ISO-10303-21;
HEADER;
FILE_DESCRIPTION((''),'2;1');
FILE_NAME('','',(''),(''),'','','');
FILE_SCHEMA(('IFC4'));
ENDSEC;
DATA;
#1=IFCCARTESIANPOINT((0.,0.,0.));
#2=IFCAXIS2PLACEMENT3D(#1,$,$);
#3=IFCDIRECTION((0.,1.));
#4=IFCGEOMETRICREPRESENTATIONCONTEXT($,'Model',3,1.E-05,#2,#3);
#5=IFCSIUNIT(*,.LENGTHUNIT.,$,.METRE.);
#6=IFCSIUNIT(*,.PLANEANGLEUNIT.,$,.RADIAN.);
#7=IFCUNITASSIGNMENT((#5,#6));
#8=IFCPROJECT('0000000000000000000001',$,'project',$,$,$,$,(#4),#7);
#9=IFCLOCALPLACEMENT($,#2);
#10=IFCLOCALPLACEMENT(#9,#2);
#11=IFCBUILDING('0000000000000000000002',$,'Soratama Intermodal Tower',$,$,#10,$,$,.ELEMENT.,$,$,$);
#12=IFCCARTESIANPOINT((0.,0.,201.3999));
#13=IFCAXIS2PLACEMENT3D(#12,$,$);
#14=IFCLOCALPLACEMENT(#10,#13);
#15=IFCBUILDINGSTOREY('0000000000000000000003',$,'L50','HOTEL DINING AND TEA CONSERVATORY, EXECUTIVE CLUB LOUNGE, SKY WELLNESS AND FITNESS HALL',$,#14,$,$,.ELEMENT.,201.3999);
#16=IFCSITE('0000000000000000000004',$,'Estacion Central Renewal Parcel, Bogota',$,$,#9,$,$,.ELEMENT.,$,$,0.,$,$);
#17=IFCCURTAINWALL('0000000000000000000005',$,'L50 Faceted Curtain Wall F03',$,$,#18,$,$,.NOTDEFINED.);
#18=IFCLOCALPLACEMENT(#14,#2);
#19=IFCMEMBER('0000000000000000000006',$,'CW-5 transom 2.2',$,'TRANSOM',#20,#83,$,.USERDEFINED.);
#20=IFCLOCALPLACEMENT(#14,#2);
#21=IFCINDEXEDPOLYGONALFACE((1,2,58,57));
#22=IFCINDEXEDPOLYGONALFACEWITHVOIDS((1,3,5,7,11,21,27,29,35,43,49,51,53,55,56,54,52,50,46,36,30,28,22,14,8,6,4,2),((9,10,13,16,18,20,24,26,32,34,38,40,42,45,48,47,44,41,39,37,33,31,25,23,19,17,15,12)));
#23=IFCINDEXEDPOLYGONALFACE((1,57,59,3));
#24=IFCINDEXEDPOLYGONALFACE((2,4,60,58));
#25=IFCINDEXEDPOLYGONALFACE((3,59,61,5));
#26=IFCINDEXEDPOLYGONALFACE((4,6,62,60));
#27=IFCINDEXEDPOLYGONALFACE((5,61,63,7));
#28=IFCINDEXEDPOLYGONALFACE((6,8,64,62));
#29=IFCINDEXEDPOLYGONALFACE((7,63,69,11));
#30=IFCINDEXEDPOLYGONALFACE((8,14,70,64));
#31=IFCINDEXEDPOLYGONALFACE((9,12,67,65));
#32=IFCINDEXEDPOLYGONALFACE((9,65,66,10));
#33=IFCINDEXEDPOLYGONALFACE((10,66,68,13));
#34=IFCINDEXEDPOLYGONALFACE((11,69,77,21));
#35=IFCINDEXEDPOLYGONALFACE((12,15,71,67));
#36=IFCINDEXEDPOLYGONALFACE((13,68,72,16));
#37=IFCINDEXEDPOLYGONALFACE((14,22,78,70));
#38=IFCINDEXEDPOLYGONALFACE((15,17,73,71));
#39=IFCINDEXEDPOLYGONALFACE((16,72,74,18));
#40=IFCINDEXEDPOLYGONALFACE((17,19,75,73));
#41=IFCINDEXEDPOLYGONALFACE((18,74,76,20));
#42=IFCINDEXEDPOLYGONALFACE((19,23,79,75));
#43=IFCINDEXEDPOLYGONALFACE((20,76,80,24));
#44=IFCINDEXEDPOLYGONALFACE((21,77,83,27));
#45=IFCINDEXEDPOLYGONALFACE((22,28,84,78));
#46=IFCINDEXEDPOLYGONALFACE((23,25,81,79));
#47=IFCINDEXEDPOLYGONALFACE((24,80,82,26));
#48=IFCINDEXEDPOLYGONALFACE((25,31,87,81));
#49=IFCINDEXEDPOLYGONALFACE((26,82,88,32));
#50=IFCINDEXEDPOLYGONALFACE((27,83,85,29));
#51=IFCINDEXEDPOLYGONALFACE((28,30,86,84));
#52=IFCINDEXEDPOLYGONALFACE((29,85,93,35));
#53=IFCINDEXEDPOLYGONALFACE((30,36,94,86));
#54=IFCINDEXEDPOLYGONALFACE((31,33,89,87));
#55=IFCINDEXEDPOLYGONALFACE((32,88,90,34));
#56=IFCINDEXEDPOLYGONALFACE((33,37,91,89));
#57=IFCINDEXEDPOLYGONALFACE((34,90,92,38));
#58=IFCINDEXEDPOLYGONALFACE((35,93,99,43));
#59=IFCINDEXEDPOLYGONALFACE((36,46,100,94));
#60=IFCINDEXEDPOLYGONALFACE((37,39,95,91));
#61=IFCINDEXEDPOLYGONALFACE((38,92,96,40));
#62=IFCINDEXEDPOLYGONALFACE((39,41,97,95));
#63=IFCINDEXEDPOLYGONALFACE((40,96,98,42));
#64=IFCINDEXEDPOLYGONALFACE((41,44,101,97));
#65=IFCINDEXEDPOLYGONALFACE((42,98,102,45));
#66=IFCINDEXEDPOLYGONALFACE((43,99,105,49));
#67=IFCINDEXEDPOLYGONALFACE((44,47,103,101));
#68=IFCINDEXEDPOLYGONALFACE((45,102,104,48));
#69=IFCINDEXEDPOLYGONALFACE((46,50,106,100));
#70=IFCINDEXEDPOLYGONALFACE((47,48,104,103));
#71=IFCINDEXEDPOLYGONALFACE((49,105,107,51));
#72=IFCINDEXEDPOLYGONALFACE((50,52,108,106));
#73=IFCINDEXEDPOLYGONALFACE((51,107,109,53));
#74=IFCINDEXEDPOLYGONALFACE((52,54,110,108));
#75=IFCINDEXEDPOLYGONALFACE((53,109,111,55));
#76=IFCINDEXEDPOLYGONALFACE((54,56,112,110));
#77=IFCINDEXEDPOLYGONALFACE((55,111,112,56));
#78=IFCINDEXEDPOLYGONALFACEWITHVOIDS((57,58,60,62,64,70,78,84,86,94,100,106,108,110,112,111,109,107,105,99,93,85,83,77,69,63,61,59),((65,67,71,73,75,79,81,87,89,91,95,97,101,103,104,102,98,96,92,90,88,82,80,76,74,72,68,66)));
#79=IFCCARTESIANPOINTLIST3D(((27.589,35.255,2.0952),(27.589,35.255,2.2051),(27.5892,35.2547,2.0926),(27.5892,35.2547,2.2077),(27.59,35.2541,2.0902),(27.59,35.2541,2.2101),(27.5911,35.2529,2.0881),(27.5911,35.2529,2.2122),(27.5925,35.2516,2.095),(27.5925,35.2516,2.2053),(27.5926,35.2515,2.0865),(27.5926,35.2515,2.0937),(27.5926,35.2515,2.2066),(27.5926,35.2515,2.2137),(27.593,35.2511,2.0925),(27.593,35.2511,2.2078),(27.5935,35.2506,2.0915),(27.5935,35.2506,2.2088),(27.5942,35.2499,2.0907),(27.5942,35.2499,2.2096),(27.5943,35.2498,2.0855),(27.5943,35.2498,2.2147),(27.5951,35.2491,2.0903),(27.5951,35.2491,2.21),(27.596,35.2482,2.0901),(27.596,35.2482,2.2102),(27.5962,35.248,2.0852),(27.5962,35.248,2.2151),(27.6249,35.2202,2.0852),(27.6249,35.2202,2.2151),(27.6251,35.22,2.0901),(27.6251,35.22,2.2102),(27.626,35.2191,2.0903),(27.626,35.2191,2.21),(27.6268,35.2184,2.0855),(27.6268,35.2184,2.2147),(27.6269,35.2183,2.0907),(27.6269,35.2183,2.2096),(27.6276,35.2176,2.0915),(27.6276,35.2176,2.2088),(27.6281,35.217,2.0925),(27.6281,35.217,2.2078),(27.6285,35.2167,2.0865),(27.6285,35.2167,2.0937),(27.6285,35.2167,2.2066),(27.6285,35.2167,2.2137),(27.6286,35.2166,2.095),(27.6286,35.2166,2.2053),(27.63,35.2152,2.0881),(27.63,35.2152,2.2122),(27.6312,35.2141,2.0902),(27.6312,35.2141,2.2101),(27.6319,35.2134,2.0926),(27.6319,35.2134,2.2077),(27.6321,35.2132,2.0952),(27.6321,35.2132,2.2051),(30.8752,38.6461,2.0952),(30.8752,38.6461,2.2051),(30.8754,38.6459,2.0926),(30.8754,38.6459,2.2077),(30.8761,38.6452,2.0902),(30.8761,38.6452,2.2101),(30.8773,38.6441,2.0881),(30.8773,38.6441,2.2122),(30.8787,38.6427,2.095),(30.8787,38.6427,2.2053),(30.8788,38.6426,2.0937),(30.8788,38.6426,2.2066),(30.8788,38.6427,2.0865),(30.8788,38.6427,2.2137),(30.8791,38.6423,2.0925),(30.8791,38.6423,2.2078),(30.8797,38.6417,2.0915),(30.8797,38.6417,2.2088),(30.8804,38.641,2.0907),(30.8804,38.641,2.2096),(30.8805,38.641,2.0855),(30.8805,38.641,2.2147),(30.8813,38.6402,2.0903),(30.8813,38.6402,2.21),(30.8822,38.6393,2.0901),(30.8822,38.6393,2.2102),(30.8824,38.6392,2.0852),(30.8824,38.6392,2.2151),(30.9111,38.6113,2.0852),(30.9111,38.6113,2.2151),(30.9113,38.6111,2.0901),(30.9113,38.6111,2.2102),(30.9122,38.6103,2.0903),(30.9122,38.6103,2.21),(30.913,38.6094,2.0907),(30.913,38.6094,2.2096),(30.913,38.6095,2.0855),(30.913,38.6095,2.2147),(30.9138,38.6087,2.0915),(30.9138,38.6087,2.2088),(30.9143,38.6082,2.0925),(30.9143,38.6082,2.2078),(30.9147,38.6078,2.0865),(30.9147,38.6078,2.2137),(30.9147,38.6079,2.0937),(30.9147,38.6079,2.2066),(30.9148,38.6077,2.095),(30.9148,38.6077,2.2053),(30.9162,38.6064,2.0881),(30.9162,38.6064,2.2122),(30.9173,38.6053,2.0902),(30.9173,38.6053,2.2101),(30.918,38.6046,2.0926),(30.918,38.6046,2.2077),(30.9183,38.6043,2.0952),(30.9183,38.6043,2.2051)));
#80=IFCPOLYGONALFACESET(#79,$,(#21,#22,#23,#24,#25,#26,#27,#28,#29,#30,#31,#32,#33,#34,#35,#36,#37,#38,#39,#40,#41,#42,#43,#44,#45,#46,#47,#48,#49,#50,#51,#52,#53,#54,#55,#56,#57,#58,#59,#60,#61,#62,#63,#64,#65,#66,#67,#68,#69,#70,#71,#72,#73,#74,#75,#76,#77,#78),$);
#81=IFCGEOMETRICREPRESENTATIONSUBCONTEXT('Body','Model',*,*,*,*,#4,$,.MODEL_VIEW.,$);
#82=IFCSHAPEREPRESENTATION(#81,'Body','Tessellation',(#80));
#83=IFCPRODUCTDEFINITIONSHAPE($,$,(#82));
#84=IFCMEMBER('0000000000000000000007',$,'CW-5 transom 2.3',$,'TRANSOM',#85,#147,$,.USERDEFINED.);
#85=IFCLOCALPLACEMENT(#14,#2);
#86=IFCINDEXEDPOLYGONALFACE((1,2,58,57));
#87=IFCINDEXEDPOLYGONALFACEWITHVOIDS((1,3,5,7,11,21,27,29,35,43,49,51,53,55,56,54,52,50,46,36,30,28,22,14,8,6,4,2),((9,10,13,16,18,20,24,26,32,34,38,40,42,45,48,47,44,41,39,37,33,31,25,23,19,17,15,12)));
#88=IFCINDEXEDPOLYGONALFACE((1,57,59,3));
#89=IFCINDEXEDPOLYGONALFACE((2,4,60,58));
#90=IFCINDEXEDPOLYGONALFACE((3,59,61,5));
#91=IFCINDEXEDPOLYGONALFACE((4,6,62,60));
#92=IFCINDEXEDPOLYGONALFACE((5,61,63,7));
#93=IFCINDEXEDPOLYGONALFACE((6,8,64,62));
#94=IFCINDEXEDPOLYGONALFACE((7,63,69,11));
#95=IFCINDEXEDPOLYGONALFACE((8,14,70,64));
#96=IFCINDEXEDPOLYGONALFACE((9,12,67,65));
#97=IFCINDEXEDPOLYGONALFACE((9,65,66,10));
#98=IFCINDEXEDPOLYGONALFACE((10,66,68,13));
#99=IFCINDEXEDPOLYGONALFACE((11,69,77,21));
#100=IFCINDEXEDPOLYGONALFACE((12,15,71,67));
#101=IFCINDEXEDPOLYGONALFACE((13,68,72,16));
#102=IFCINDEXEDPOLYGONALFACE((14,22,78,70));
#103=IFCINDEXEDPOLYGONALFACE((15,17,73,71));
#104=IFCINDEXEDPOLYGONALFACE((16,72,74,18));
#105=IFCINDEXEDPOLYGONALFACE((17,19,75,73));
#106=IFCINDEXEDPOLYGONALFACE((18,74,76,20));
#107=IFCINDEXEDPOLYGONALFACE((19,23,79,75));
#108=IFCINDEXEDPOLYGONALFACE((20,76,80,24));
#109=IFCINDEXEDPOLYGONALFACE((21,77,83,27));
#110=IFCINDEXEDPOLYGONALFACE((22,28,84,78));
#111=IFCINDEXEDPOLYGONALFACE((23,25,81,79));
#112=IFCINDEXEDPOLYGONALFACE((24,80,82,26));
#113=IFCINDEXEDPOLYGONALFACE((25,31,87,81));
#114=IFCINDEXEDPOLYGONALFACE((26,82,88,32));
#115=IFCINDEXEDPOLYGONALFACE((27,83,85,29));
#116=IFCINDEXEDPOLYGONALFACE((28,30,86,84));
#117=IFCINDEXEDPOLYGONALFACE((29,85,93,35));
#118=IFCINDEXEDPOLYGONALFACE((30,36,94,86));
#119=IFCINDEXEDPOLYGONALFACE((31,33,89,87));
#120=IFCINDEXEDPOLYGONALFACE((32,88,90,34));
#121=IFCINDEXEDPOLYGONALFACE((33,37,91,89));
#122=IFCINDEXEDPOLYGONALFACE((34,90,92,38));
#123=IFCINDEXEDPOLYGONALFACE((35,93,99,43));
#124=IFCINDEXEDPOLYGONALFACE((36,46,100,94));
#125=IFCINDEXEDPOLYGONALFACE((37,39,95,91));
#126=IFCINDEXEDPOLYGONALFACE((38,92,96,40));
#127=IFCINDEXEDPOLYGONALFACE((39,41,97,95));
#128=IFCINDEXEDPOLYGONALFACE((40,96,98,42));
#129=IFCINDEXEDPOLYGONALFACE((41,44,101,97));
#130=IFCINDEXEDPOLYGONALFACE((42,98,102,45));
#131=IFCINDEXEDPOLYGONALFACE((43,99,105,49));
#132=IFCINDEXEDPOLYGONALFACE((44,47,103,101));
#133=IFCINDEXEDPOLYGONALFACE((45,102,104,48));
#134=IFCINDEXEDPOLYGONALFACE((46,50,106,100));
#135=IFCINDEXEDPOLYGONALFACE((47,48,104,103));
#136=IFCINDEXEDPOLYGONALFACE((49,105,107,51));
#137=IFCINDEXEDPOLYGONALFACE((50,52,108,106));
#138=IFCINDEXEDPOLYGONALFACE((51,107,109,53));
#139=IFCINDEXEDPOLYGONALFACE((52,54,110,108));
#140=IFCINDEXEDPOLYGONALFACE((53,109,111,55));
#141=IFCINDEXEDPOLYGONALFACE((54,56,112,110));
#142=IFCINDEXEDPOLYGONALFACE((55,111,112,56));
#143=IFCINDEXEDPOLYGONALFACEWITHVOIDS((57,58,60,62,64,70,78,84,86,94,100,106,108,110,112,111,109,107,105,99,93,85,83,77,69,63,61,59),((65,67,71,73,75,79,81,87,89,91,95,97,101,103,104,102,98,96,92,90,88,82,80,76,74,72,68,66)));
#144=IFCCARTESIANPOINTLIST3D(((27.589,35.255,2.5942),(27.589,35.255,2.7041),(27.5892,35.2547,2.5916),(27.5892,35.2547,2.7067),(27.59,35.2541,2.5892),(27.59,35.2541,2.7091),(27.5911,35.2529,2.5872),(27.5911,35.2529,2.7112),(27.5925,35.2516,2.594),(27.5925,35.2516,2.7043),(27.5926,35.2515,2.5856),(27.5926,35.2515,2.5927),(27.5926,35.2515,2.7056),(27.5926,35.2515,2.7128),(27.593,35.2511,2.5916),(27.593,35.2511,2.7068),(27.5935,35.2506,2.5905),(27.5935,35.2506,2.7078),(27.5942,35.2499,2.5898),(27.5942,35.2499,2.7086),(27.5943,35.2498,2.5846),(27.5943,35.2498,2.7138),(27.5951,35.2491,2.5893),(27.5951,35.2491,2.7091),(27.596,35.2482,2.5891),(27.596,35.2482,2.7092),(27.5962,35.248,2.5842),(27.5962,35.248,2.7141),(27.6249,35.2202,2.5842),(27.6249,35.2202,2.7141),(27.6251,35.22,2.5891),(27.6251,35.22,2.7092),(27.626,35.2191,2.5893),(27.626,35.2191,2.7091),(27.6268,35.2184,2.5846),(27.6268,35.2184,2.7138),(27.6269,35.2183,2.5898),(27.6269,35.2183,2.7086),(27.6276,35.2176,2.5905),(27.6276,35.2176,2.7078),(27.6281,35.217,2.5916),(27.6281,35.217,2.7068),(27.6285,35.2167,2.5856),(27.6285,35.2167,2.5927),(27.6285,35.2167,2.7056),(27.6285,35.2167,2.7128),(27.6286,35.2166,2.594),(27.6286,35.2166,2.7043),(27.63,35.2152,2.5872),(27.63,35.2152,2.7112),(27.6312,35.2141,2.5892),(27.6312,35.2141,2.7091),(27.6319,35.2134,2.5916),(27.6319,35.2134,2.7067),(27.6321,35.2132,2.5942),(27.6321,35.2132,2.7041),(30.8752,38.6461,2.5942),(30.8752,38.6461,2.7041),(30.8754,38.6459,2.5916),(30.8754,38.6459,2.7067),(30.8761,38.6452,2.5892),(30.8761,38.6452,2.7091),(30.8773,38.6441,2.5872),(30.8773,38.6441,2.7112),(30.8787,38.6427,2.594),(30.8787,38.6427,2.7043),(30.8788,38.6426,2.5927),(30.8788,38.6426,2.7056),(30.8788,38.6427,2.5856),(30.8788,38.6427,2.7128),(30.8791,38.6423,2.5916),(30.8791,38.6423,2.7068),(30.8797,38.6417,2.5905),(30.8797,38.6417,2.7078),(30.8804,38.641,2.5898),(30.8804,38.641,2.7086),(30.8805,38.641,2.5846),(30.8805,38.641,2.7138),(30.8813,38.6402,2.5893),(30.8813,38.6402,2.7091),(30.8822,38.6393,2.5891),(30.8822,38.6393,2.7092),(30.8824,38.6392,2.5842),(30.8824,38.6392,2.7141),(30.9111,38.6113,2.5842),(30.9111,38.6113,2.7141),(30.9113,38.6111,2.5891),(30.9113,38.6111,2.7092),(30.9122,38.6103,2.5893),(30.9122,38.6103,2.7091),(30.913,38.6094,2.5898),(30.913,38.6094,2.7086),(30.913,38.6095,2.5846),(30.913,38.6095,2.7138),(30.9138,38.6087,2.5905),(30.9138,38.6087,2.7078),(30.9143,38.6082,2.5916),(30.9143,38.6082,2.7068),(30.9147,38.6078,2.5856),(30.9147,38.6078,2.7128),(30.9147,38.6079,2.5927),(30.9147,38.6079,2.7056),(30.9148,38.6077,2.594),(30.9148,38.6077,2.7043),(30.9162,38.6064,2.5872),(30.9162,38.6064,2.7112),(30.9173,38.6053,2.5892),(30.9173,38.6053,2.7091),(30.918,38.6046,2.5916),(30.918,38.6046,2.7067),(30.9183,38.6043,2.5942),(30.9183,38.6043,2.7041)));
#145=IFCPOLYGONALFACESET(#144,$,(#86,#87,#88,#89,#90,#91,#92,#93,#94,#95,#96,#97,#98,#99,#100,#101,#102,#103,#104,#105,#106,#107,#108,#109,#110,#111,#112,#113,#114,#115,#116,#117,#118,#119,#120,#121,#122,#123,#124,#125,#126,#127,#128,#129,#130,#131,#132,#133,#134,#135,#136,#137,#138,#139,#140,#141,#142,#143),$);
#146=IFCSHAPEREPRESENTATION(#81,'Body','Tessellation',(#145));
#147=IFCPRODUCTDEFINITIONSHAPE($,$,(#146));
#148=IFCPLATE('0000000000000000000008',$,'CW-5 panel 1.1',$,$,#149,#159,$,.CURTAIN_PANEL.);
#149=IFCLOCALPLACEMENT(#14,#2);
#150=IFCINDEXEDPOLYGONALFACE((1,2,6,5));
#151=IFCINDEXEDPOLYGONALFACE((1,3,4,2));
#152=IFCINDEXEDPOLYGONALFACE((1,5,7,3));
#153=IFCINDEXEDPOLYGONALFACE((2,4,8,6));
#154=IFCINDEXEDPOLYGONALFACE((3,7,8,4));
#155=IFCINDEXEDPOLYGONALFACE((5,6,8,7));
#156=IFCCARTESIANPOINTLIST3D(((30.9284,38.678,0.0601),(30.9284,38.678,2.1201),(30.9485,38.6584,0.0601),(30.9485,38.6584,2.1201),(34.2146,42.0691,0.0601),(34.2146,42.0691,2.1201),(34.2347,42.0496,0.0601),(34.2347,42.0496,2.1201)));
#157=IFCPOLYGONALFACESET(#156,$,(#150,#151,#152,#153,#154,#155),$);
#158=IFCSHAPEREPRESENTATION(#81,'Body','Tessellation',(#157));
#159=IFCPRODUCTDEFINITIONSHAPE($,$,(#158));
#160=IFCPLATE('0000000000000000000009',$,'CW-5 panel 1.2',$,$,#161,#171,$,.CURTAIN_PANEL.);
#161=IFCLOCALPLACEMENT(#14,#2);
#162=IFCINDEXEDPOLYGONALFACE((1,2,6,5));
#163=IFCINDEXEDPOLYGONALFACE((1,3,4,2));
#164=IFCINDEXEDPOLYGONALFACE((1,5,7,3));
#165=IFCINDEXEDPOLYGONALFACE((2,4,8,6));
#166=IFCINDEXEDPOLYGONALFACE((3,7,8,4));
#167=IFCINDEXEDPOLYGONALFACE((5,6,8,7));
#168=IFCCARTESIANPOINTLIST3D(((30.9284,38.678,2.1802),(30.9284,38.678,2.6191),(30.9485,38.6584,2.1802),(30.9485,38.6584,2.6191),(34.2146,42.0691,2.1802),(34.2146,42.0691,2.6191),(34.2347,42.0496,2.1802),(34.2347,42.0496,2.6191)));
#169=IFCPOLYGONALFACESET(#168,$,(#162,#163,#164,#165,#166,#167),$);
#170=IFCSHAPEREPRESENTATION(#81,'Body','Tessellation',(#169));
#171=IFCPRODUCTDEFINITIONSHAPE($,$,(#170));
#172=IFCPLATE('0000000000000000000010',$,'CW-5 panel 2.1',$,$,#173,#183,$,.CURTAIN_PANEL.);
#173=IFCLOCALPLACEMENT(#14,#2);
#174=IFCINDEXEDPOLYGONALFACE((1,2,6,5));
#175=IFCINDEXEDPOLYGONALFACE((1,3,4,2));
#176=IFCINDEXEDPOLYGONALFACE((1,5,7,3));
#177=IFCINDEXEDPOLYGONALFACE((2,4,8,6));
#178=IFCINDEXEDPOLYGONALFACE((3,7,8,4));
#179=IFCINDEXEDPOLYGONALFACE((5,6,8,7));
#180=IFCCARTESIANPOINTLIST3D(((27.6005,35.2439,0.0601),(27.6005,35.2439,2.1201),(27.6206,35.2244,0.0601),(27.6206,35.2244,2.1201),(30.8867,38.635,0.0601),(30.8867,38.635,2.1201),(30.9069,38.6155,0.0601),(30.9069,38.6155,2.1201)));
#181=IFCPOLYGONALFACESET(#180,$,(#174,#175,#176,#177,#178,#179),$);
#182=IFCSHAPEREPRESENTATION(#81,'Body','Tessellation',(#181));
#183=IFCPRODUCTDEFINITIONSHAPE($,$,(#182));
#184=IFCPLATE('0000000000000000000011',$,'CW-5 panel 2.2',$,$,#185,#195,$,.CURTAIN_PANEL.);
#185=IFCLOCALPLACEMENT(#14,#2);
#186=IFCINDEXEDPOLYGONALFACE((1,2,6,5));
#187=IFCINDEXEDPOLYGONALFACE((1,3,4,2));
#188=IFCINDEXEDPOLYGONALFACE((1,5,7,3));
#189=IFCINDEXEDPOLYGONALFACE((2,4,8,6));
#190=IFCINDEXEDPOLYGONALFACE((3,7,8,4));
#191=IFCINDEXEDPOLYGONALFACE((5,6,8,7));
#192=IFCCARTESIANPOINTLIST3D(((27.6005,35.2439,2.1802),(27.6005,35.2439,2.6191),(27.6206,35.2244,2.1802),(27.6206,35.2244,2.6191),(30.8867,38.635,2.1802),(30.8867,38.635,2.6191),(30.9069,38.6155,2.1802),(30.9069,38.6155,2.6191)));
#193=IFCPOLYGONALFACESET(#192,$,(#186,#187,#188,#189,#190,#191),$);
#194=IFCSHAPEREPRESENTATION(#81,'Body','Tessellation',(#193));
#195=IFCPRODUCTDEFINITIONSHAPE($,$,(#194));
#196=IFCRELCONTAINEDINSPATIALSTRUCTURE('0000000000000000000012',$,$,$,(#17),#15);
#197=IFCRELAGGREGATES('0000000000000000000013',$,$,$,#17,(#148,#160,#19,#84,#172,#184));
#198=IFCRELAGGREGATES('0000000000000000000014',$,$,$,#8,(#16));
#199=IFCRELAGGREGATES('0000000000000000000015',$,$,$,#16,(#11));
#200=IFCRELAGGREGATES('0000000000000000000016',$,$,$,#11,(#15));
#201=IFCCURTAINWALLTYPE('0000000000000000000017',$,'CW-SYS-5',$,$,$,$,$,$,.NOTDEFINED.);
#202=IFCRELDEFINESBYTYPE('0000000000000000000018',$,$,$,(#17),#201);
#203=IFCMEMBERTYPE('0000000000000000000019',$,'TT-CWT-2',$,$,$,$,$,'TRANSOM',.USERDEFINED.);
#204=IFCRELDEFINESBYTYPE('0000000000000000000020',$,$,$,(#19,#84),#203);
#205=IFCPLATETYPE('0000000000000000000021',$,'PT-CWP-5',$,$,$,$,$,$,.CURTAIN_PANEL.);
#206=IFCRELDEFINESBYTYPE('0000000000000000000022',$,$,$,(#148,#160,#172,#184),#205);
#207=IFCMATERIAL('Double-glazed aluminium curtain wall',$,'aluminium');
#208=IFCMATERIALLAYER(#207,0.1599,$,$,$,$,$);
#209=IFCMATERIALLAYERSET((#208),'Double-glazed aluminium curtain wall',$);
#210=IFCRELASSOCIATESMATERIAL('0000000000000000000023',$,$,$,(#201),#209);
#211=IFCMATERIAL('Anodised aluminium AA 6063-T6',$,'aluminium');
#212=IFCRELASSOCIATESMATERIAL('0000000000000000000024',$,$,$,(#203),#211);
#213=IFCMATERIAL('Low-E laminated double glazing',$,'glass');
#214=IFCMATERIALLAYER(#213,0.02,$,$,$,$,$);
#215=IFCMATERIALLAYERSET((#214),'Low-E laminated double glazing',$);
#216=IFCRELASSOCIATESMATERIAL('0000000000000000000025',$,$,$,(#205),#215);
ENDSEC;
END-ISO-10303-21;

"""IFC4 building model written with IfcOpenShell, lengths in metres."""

from ifc_helpers import new_model, si_unit, direction, frame, origin, origin_2d, place, context, subcontext, project, spatial, rectangle, hollow_rectangle, extrude, material, layer, layer_set, material_profile, profile_set, type_object, element, aggregate, save


model = new_model("IFC4")

# Units and contexts
model_context = context("Model", 3, precision=1e-05, world=origin(), true_north=direction((0.0, 1.0)))
body_context = subcontext(model_context, "Body", "Model", "MODEL_VIEW")
ifc_project = project(units=[si_unit("LENGTHUNIT", "METRE"), si_unit("PLANEANGLEUNIT", "RADIAN")], contexts=[model_context])

# Site, building, storey
site_placement = place(None, origin())
site = spatial("IfcSite", under=ifc_project, at=site_placement, Name="Estacion Central Renewal Parcel, Bogota", CompositionType="ELEMENT", RefElevation=0.0)
building_placement = place(site_placement, origin())
building = spatial("IfcBuilding", under=site, at=building_placement, Name="Soratama Intermodal Tower", CompositionType="ELEMENT")
storey_placement = place(building_placement, frame((0.0, 0.0, 201.3999)))
storey = spatial("IfcBuildingStorey", under=building, at=storey_placement, Name="L50", Description="HOTEL DINING AND TEA CONSERVATORY, EXECUTIVE CLUB LOUNGE, SKY WELLNESS AND FITNESS HALL", CompositionType="ELEMENT", Elevation=201.3999)

# Curtain wall, members, plates
ifc_material_1 = material(Name="Double-glazed aluminium curtain wall", Category="aluminium")
ifc_layer_1 = layer(ifc_material_1, 0.1599)
ifc_layer_set_1 = layer_set([ifc_layer_1], Name="Double-glazed aluminium curtain wall")
curtain_wall_type = type_object("IfcCurtainWallType", Name="CW-SYS-5", PredefinedType="NOTDEFINED", material=ifc_layer_set_1)
curtain_wall_placement = place(storey_placement, origin())
curtain_wall = element("IfcCurtainWall", 1, at=curtain_wall_placement, inside=storey, type_object=curtain_wall_type, Name="L50 Faceted Curtain Wall F03", PredefinedType="NOTDEFINED")
ifc_material_2 = material(Name="Anodised aluminium AA 6063-T6", Category="aluminium")
ifc_material_profile_1 = material_profile(ifc_material_2, hollow_rectangle(XDim=0.0601, YDim=0.1299, WallThickness=0.0049, InnerFilletRadius=0.0049, OuterFilletRadius=0.01, at=origin_2d()), Name="CWT130X60X5")
ifc_profile_set_1 = profile_set([ifc_material_profile_1], Name="Anodised aluminium AA 6063-T6")
member_type_1 = type_object("IfcMemberType", Name="TT-CWT-2", ElementType="TRANSOM", PredefinedType="USERDEFINED", material=ifc_profile_set_1)
member_1_placement = place(storey_placement, frame((30.8967, 38.6252, 2.1501), z_axis=(-0.695904, -0.718135, 0.0), x_axis=(0.718135, -0.695904, 0.0)))
member_1 = element("IfcMember", 2, at=member_1_placement, type_object=member_type_1, Name="CW-5 transom 2.2", ObjectType="TRANSOM", PredefinedType="USERDEFINED", context=body_context, shape_type="SweptSolid", body=[
    extrude(hollow_rectangle(XDim=0.0601, YDim=0.1299, WallThickness=0.0049, InnerFilletRadius=0.0049, OuterFilletRadius=0.01, at=origin_2d()), origin(), (0.0, 0.0, 1.0), 4.7222),
])
member_2_placement = place(storey_placement, frame((30.8967, 38.6252, 2.6492), z_axis=(-0.695904, -0.718135, 0.0), x_axis=(0.718135, -0.695904, 0.0)))
member_2 = element("IfcMember", 3, at=member_2_placement, type_object=member_type_1, Name="CW-5 transom 2.3", ObjectType="TRANSOM", PredefinedType="USERDEFINED", context=body_context, shape_type="SweptSolid", body=[
    extrude(hollow_rectangle(XDim=0.0601, YDim=0.1299, WallThickness=0.0049, InnerFilletRadius=0.0049, OuterFilletRadius=0.01, at=origin_2d()), origin(), (0.0, 0.0, 1.0), 4.7222),
])
ifc_material_3 = material(Name="Low-E laminated double glazing", Category="glass")
ifc_layer_2 = layer(ifc_material_3, 0.02)
ifc_layer_set_2 = layer_set([ifc_layer_2], Name="Low-E laminated double glazing")
plate_type = type_object("IfcPlateType", Name="PT-CWP-5", PredefinedType="CURTAIN_PANEL", material=ifc_layer_set_2)
plate_1_placement = place(storey_placement, frame((32.5815, 40.3638, 0.0601), z_axis=(0.0, 0.0, 1.0), x_axis=(-0.695912, -0.718127, 0.0)))
plate_1 = element("IfcPlate", 4, at=plate_1_placement, type_object=plate_type, Name="CW-5 panel 1.1", PredefinedType="CURTAIN_PANEL", context=body_context, shape_type="SweptSolid", body=[
    extrude(rectangle(XDim=4.7222, YDim=0.0281, at=origin_2d()), origin(), (0.0, 0.0, 1.0), 2.0601),
])
plate_2_placement = place(storey_placement, frame((32.5815, 40.3638, 2.1802), z_axis=(0.0, 0.0, 1.0), x_axis=(-0.695912, -0.718127, 0.0)))
plate_2 = element("IfcPlate", 5, at=plate_2_placement, type_object=plate_type, Name="CW-5 panel 1.2", PredefinedType="CURTAIN_PANEL", context=body_context, shape_type="SweptSolid", body=[
    extrude(rectangle(XDim=4.7222, YDim=0.0281, at=origin_2d()), origin(), (0.0, 0.0, 1.0), 0.439),
])
plate_3_placement = place(storey_placement, frame((29.2537, 36.9297, 0.0601), z_axis=(0.0, 0.0, 1.0), x_axis=(-0.695912, -0.718127, 0.0)))
plate_3 = element("IfcPlate", 6, at=plate_3_placement, type_object=plate_type, Name="CW-5 panel 2.1", PredefinedType="CURTAIN_PANEL", context=body_context, shape_type="SweptSolid", body=[
    extrude(rectangle(XDim=4.7222, YDim=0.0281, at=origin_2d()), origin(), (0.0, 0.0, 1.0), 2.0601),
])
plate_4_placement = place(storey_placement, frame((29.2537, 36.9297, 2.1802), z_axis=(0.0, 0.0, 1.0), x_axis=(-0.695912, -0.718127, 0.0)))
plate_4 = element("IfcPlate", 7, at=plate_4_placement, type_object=plate_type, Name="CW-5 panel 2.2", PredefinedType="CURTAIN_PANEL", context=body_context, shape_type="SweptSolid", body=[
    extrude(rectangle(XDim=4.7222, YDim=0.0281, at=origin_2d()), origin(), (0.0, 0.0, 1.0), 0.439),
])
aggregate(curtain_wall, [plate_1, plate_2, member_1, member_2, plate_3, plate_4])

save(model, "model.ifc")
